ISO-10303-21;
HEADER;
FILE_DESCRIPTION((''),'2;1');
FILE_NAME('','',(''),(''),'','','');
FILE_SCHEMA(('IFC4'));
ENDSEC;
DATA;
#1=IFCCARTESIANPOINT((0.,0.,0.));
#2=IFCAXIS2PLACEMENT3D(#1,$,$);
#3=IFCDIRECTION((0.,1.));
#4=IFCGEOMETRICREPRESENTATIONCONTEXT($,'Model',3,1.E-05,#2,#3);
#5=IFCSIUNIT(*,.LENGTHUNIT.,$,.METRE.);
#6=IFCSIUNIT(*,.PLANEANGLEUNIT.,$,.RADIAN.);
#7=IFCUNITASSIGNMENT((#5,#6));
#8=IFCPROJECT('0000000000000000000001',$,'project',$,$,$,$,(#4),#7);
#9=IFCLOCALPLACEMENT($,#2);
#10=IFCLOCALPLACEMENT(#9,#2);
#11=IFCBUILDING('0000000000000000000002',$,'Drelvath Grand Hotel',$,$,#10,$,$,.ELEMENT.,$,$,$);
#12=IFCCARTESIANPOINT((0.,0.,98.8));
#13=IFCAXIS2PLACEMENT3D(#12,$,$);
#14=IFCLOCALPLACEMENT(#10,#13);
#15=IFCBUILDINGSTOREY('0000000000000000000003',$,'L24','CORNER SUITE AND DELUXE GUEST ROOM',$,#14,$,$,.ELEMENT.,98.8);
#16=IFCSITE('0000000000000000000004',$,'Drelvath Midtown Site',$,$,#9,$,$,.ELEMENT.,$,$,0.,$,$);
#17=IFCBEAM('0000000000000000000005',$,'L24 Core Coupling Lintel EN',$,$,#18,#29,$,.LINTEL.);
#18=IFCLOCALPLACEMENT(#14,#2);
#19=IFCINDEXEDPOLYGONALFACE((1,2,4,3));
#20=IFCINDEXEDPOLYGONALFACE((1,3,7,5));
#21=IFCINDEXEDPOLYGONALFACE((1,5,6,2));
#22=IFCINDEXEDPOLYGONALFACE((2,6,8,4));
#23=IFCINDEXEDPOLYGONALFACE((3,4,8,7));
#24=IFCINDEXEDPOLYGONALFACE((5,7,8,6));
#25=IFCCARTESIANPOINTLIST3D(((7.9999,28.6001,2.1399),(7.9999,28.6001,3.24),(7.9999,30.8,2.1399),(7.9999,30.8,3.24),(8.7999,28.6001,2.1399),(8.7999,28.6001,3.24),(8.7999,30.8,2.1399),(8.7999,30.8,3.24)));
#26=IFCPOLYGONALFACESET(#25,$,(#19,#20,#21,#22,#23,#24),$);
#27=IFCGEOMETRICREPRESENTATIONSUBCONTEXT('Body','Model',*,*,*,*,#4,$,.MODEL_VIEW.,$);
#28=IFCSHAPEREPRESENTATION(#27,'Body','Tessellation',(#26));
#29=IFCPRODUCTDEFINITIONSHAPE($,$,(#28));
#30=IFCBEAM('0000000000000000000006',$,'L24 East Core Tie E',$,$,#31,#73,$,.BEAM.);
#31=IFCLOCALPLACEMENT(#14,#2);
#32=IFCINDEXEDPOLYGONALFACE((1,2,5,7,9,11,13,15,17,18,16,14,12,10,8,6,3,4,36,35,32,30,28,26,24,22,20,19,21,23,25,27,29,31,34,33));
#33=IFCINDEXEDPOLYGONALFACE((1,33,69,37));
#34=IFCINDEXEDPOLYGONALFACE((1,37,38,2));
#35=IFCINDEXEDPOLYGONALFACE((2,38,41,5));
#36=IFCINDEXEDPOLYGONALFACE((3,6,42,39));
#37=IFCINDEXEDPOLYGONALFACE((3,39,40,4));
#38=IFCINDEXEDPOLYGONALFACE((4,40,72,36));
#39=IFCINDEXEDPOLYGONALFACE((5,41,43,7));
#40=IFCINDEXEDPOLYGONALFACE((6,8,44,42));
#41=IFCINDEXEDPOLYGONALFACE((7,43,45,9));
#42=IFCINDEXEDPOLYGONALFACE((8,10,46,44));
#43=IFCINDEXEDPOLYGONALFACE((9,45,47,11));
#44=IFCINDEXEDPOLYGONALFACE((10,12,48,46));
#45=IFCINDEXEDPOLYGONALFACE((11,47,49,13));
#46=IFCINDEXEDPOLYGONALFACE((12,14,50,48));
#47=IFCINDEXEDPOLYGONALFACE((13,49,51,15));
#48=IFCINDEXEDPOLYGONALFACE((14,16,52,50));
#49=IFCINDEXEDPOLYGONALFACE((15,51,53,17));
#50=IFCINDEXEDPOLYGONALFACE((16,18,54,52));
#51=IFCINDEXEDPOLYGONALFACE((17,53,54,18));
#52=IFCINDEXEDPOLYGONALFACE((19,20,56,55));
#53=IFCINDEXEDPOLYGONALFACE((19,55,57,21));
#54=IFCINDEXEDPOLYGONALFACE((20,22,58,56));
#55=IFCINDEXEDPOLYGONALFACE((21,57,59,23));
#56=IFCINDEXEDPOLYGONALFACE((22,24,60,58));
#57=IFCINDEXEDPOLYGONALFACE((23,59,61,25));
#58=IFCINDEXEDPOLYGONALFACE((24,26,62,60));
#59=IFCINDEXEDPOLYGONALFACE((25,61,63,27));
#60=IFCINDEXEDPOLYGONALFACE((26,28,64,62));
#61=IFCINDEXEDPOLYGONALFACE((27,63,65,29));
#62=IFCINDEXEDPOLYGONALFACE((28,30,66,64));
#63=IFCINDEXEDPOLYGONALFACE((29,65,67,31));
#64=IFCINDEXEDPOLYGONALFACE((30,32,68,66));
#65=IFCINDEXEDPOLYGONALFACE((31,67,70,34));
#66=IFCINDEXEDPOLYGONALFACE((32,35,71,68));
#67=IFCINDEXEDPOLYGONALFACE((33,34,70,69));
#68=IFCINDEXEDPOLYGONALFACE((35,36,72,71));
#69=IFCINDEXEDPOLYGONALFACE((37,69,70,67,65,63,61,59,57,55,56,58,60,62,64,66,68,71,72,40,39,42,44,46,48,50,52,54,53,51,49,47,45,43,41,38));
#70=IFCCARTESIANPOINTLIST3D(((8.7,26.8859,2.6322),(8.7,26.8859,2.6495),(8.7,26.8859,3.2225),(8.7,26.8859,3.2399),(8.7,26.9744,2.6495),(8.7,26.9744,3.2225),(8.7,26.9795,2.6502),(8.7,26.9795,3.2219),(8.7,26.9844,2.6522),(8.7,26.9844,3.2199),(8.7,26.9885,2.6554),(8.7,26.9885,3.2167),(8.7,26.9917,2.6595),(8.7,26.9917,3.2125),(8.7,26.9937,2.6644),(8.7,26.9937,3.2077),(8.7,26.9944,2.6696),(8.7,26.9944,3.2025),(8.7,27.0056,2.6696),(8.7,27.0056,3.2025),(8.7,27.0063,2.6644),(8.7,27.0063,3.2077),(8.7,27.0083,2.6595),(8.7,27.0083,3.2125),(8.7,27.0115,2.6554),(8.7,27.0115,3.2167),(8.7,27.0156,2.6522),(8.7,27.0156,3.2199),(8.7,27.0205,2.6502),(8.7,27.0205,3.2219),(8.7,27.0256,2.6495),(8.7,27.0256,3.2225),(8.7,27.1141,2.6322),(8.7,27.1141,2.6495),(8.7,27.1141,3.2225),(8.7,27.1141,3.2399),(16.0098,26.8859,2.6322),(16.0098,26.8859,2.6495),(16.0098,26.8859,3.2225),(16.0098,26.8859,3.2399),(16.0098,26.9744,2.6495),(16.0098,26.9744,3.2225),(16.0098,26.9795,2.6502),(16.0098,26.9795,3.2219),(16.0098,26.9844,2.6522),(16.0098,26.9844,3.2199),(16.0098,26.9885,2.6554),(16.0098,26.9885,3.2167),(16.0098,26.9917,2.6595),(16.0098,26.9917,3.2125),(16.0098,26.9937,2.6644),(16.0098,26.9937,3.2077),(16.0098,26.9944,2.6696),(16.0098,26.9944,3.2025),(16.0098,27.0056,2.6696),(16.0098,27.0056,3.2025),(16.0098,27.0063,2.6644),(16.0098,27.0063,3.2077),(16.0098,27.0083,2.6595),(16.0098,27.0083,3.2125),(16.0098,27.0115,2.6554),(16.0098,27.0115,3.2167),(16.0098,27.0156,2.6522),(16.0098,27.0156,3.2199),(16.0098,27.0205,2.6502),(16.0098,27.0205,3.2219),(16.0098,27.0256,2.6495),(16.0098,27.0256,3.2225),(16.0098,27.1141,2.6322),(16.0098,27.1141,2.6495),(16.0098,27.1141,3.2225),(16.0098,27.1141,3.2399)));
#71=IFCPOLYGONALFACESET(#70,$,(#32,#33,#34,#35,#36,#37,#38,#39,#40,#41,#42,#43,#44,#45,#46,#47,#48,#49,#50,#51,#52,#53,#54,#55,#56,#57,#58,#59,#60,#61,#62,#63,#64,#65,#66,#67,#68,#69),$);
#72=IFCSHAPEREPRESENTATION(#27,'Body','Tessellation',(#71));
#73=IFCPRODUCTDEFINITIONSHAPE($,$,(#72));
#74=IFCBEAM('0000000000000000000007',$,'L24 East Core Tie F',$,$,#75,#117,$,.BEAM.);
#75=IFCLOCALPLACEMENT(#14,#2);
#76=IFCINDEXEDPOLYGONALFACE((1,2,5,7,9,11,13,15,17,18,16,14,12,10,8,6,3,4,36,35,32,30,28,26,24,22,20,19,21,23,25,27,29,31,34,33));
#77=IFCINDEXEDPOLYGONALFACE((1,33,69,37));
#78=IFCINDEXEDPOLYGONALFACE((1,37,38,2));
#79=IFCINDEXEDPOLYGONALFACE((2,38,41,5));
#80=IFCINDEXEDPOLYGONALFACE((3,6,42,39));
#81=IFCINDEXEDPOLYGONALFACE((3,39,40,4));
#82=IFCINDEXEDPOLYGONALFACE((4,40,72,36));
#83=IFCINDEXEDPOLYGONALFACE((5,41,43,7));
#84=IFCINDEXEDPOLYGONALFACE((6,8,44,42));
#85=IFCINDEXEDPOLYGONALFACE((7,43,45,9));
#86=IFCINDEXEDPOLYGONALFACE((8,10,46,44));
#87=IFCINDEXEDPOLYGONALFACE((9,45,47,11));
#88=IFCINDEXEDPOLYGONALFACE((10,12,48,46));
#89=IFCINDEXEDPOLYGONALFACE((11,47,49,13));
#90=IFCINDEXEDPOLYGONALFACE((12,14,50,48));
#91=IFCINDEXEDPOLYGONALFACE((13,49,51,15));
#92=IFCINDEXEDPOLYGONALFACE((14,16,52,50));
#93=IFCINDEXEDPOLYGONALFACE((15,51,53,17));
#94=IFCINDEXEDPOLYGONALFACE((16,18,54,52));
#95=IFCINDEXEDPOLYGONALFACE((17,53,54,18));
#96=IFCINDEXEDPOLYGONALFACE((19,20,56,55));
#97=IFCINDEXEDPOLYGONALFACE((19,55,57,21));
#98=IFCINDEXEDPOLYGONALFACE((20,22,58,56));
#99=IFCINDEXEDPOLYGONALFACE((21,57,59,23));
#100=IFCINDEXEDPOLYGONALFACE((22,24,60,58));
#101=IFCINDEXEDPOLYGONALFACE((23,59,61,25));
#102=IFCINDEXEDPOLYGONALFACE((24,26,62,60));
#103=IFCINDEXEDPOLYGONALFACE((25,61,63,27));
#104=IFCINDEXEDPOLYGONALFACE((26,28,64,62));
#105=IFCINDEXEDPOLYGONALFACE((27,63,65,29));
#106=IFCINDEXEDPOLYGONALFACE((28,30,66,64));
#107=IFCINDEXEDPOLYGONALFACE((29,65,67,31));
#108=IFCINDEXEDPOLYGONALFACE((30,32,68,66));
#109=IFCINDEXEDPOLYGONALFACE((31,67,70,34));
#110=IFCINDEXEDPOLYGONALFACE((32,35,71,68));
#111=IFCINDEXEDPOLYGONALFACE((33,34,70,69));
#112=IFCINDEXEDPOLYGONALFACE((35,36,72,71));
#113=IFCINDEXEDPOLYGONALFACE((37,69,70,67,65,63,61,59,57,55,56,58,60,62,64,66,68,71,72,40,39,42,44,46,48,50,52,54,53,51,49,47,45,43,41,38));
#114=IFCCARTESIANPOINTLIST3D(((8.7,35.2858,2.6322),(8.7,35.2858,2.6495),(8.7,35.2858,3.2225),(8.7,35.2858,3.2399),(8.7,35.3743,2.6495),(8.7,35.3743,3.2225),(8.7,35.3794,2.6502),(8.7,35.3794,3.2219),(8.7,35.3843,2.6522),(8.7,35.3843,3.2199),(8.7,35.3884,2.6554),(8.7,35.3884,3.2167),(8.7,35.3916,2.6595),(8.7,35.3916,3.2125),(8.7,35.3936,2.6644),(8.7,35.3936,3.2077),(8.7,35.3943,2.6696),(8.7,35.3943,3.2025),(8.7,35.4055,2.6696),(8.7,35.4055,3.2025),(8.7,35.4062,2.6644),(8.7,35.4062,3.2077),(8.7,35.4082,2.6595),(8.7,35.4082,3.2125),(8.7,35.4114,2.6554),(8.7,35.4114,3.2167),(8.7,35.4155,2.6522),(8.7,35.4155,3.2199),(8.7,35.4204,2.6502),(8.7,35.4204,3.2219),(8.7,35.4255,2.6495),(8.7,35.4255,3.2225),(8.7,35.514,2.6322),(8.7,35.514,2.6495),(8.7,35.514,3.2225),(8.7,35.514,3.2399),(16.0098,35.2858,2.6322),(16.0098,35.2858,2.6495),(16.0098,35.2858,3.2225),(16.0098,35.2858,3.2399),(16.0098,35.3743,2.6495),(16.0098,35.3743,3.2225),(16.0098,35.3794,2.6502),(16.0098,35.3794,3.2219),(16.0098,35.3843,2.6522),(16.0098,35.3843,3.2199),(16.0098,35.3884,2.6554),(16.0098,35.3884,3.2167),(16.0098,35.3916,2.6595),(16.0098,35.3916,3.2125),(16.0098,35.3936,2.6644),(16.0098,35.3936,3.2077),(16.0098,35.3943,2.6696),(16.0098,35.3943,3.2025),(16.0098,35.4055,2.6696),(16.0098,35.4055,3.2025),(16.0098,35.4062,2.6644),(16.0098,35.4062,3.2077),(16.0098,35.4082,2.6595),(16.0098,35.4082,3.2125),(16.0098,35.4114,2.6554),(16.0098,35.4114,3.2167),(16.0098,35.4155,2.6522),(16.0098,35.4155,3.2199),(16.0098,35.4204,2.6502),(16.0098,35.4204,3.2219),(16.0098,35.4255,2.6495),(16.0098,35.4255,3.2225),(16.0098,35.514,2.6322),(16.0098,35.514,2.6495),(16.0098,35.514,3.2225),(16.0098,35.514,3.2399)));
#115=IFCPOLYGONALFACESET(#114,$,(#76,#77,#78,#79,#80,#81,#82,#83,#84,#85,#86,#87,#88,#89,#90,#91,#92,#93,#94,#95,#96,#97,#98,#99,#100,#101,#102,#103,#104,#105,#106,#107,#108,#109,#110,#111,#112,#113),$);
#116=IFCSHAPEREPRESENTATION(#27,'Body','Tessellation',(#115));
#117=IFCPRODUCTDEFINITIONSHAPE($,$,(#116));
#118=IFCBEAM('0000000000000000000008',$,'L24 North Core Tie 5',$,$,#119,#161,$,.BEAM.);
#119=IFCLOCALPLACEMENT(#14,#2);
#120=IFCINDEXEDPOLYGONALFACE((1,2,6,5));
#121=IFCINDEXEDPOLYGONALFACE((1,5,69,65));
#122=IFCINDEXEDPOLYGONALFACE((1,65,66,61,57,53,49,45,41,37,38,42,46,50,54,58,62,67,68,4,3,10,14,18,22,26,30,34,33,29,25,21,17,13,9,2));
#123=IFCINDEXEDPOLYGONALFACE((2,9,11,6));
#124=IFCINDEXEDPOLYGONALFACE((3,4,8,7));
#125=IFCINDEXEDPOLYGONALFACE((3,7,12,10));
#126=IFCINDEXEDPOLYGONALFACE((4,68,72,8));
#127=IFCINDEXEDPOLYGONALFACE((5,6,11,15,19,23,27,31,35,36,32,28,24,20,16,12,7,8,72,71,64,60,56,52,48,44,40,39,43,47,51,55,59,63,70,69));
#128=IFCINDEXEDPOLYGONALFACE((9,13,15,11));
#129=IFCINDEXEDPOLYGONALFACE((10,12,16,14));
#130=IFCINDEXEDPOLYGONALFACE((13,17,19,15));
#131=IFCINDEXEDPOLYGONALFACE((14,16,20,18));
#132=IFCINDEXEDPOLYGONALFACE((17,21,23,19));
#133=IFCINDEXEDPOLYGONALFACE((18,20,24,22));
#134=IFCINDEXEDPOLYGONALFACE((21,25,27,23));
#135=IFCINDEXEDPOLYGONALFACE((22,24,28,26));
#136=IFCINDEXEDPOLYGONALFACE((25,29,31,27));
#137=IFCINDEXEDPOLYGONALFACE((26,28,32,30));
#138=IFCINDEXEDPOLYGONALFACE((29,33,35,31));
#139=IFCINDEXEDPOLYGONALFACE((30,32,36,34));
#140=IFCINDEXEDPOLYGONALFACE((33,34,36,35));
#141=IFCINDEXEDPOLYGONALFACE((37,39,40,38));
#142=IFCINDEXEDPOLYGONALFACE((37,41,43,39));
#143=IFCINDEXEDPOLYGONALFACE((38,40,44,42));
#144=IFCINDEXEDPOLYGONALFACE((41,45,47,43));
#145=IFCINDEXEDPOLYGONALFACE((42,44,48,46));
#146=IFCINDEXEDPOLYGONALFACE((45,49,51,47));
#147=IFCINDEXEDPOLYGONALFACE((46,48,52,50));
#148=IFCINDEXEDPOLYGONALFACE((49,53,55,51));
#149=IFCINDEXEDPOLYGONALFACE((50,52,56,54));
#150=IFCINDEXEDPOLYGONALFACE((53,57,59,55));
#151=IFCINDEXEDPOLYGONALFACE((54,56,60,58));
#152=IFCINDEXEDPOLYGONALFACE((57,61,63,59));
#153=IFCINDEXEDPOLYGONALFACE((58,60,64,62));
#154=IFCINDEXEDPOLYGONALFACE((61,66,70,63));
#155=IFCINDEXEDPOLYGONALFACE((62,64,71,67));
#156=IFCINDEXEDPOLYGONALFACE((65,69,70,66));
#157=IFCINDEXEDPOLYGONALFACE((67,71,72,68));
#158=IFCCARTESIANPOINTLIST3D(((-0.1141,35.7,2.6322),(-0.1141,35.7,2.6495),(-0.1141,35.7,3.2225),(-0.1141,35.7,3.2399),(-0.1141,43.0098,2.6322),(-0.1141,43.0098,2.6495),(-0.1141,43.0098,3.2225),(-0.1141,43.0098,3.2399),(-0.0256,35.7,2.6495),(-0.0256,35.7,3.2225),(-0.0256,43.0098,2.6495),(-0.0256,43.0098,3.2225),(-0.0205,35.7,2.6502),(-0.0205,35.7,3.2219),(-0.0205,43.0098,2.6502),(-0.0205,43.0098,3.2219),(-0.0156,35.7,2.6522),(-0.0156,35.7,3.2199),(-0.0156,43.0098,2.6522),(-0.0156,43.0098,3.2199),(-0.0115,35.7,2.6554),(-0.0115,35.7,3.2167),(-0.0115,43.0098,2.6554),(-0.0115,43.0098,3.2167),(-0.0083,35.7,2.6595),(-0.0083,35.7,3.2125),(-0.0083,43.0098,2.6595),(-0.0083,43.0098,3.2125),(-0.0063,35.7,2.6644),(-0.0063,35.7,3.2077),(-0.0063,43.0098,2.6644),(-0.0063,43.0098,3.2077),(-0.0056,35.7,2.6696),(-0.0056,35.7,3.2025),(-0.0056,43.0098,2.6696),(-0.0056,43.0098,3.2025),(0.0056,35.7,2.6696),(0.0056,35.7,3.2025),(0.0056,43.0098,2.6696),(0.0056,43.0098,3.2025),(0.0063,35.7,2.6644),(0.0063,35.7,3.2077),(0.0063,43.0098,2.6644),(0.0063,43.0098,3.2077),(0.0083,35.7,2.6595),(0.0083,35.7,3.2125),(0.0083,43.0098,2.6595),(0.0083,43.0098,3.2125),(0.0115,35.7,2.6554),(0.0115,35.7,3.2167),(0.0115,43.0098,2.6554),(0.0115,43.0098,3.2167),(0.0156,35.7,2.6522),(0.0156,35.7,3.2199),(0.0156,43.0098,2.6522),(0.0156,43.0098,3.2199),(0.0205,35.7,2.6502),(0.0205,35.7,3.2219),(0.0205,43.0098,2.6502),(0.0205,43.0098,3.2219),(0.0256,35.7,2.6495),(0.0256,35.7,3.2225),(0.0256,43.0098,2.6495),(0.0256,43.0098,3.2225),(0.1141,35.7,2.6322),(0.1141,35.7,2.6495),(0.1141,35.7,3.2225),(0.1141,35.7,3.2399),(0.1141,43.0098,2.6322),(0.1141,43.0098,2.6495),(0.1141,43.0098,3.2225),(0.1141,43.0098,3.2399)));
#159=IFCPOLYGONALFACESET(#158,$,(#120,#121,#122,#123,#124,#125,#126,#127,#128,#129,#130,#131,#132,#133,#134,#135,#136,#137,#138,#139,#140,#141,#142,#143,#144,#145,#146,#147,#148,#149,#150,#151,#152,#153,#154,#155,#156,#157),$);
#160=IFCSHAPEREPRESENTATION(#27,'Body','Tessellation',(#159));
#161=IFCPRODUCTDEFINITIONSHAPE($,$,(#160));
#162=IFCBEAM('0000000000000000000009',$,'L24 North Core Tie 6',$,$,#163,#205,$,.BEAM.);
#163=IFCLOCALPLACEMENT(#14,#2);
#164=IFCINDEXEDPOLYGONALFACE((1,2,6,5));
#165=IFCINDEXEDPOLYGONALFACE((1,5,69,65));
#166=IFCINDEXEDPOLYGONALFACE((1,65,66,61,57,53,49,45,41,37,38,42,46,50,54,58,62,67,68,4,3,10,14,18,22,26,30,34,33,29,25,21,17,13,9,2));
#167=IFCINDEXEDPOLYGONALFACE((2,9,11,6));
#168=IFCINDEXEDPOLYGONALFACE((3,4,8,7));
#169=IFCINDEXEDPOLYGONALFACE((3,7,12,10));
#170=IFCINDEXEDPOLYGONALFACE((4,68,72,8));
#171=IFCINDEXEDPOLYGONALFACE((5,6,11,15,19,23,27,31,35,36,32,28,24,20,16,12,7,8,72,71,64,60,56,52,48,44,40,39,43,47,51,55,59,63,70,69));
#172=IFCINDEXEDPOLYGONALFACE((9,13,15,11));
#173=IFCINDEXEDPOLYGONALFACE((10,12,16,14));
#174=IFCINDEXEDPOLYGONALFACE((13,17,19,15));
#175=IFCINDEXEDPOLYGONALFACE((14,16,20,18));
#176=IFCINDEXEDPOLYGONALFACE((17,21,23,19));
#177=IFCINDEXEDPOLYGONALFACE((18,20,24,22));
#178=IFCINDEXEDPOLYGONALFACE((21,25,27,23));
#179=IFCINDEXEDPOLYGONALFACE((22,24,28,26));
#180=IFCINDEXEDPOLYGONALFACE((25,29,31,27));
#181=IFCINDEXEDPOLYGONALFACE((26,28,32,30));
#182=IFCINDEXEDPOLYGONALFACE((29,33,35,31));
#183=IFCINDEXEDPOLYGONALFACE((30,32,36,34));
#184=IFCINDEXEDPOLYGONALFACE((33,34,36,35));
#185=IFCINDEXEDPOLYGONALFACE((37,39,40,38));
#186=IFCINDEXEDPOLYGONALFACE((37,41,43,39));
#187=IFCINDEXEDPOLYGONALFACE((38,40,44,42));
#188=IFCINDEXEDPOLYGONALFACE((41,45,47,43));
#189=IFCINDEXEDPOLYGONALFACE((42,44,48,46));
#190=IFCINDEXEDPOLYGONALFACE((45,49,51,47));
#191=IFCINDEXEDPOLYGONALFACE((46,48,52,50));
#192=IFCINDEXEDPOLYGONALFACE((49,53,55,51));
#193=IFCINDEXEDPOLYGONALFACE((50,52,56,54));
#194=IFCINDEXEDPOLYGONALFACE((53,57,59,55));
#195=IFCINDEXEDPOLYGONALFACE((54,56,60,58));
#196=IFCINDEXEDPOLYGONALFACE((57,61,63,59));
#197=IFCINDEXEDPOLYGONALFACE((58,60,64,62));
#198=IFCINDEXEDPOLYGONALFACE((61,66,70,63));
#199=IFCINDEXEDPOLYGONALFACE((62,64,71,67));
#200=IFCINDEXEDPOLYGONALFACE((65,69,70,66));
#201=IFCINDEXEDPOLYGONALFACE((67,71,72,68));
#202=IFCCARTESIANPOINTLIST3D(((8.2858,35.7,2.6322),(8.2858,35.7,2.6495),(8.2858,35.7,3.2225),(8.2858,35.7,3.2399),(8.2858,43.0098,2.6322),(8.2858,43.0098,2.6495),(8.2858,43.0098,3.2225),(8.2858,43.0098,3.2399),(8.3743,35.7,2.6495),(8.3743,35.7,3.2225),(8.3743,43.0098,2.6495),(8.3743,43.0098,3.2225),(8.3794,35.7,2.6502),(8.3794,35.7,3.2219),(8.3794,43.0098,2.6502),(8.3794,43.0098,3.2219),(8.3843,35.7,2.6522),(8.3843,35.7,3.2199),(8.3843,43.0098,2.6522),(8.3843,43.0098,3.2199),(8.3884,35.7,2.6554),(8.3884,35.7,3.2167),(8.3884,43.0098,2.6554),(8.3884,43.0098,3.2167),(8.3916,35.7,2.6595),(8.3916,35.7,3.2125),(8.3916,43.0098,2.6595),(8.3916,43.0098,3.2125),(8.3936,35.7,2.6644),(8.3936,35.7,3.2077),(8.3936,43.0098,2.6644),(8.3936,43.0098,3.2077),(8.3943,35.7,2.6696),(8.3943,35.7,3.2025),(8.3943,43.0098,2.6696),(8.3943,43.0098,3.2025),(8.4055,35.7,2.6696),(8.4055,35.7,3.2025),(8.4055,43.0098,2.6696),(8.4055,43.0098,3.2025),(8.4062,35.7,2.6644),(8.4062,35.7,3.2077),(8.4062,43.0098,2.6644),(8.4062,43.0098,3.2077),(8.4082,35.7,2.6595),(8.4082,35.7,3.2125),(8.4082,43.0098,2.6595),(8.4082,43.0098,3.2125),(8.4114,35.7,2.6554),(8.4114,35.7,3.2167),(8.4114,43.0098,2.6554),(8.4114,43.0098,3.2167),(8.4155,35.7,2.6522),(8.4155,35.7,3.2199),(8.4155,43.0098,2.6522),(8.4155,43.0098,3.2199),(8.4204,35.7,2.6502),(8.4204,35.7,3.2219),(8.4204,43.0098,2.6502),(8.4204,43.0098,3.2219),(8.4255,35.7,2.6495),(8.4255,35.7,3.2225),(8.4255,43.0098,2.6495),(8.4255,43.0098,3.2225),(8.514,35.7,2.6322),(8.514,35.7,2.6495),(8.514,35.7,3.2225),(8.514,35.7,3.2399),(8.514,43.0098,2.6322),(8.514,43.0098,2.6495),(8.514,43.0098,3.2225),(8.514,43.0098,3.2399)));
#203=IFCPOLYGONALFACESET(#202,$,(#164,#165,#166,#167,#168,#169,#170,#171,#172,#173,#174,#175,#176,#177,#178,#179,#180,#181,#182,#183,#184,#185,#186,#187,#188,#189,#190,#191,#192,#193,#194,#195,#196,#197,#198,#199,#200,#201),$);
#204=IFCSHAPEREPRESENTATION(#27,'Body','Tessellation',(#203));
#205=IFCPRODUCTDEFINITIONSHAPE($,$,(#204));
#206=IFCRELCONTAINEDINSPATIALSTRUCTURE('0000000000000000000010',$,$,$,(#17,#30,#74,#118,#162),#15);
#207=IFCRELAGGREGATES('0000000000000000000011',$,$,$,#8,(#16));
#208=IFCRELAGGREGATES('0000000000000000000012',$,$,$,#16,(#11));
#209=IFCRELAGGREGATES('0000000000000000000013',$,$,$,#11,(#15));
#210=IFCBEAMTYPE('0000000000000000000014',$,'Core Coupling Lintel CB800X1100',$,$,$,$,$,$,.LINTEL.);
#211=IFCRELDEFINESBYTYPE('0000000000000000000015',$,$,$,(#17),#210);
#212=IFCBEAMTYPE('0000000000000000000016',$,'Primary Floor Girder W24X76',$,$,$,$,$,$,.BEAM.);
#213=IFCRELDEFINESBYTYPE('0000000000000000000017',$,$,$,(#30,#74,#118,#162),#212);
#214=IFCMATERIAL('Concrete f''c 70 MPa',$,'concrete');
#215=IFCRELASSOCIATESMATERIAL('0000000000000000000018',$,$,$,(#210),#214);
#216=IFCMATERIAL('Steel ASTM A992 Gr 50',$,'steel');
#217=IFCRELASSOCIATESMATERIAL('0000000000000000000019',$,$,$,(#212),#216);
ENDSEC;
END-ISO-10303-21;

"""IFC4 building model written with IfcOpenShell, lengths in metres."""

from ifc_helpers import new_model, si_unit, direction, frame, origin, origin_2d, place, context, subcontext, project, spatial, rectangle, i_section, extrude, material, material_profile, profile_set, type_object, element, save


model = new_model("IFC4")

# Units and contexts
model_context = context("Model", 3, precision=1e-05, world=origin(), true_north=direction((0.0, 1.0)))
body_context = subcontext(model_context, "Body", "Model", "MODEL_VIEW")
ifc_project = project(units=[si_unit("LENGTHUNIT", "METRE"), si_unit("PLANEANGLEUNIT", "RADIAN")], contexts=[model_context])

# Site, building, storey
site_placement = place(None, origin())
site = spatial("IfcSite", under=ifc_project, at=site_placement, Name="Drelvath Midtown Site", CompositionType="ELEMENT", RefElevation=0.0)
building_placement = place(site_placement, origin())
building = spatial("IfcBuilding", under=site, at=building_placement, Name="Drelvath Grand Hotel", CompositionType="ELEMENT")
storey_placement = place(building_placement, frame((0.0, 0.0, 98.8)))
storey = spatial("IfcBuildingStorey", under=building, at=storey_placement, Name="L24", Description="CORNER SUITE AND DELUXE GUEST ROOM", CompositionType="ELEMENT", Elevation=98.8)

# Beams
ifc_material_1 = material(Name="Concrete f'c 70 MPa", Category="concrete")
ifc_material_profile_1 = material_profile(ifc_material_1, rectangle(XDim=0.8, YDim=1.1001, at=origin_2d()), Name="CB800X1100")
ifc_profile_set_1 = profile_set([ifc_material_profile_1], Name="Concrete f'c 70 MPa")
beam_type_1 = type_object("IfcBeamType", Name="Core Coupling Lintel CB800X1100", PredefinedType="LINTEL", material=ifc_profile_set_1)
beam_placement = place(storey_placement, frame((8.3999, 28.6001, 2.6899), z_axis=(0.0, 1.0, 0.0), x_axis=(-1.0, 0.0, 0.0)))
element("IfcBeam", 1, at=beam_placement, inside=storey, type_object=beam_type_1, Name="L24 Core Coupling Lintel EN", PredefinedType="LINTEL", context=body_context, shape_type="SweptSolid", body=[
    extrude(rectangle(XDim=0.8, YDim=1.1001, at=origin_2d()), origin(), (0.0, 0.0, 1.0), 2.2),
])
ifc_material_2 = material(Name="Steel ASTM A992 Gr 50", Category="steel")
ifc_material_profile_2 = material_profile(ifc_material_2, i_section(OverallWidth=0.2283, OverallDepth=0.6077, WebThickness=0.0112, FlangeThickness=0.0173, FilletRadius=0.02, at=origin_2d()), Name="W24X76")
ifc_profile_set_2 = profile_set([ifc_material_profile_2], Name="Steel ASTM A992 Gr 50")
beam_type_2 = type_object("IfcBeamType", Name="Primary Floor Girder W24X76", PredefinedType="BEAM", material=ifc_profile_set_2)
for number, where, z_axis, x_axis, name in (
    (2, (8.7, 27.0, 2.936), (1.0, 0.0, 0.0), (0.0, 1.0, 0.0), "L24 East Core Tie E"),
    (3, (8.7, 35.3999, 2.936), (1.0, 0.0, 0.0), (0.0, 1.0, 0.0), "L24 East Core Tie F"),
    (4, (0.0, 35.7, 2.936), (0.0, 1.0, 0.0), (-1.0, 0.0, 0.0), "L24 North Core Tie 5"),
    (5, (8.3999, 35.7, 2.936), (0.0, 1.0, 0.0), (-1.0, 0.0, 0.0), "L24 North Core Tie 6"),
):
    element("IfcBeam", number, at=place(storey_placement, frame(where, z_axis=z_axis, x_axis=x_axis)), inside=storey, type_object=beam_type_2, Name=name, PredefinedType="BEAM", context=body_context, shape_type="SweptSolid", body=[
        extrude(i_section(OverallWidth=0.2283, OverallDepth=0.6077, WebThickness=0.0112, FlangeThickness=0.0173, FilletRadius=0.02, at=origin_2d()), origin(), (0.0, 0.0, 1.0), 7.3098),
    ])

save(model, "model.ifc")
